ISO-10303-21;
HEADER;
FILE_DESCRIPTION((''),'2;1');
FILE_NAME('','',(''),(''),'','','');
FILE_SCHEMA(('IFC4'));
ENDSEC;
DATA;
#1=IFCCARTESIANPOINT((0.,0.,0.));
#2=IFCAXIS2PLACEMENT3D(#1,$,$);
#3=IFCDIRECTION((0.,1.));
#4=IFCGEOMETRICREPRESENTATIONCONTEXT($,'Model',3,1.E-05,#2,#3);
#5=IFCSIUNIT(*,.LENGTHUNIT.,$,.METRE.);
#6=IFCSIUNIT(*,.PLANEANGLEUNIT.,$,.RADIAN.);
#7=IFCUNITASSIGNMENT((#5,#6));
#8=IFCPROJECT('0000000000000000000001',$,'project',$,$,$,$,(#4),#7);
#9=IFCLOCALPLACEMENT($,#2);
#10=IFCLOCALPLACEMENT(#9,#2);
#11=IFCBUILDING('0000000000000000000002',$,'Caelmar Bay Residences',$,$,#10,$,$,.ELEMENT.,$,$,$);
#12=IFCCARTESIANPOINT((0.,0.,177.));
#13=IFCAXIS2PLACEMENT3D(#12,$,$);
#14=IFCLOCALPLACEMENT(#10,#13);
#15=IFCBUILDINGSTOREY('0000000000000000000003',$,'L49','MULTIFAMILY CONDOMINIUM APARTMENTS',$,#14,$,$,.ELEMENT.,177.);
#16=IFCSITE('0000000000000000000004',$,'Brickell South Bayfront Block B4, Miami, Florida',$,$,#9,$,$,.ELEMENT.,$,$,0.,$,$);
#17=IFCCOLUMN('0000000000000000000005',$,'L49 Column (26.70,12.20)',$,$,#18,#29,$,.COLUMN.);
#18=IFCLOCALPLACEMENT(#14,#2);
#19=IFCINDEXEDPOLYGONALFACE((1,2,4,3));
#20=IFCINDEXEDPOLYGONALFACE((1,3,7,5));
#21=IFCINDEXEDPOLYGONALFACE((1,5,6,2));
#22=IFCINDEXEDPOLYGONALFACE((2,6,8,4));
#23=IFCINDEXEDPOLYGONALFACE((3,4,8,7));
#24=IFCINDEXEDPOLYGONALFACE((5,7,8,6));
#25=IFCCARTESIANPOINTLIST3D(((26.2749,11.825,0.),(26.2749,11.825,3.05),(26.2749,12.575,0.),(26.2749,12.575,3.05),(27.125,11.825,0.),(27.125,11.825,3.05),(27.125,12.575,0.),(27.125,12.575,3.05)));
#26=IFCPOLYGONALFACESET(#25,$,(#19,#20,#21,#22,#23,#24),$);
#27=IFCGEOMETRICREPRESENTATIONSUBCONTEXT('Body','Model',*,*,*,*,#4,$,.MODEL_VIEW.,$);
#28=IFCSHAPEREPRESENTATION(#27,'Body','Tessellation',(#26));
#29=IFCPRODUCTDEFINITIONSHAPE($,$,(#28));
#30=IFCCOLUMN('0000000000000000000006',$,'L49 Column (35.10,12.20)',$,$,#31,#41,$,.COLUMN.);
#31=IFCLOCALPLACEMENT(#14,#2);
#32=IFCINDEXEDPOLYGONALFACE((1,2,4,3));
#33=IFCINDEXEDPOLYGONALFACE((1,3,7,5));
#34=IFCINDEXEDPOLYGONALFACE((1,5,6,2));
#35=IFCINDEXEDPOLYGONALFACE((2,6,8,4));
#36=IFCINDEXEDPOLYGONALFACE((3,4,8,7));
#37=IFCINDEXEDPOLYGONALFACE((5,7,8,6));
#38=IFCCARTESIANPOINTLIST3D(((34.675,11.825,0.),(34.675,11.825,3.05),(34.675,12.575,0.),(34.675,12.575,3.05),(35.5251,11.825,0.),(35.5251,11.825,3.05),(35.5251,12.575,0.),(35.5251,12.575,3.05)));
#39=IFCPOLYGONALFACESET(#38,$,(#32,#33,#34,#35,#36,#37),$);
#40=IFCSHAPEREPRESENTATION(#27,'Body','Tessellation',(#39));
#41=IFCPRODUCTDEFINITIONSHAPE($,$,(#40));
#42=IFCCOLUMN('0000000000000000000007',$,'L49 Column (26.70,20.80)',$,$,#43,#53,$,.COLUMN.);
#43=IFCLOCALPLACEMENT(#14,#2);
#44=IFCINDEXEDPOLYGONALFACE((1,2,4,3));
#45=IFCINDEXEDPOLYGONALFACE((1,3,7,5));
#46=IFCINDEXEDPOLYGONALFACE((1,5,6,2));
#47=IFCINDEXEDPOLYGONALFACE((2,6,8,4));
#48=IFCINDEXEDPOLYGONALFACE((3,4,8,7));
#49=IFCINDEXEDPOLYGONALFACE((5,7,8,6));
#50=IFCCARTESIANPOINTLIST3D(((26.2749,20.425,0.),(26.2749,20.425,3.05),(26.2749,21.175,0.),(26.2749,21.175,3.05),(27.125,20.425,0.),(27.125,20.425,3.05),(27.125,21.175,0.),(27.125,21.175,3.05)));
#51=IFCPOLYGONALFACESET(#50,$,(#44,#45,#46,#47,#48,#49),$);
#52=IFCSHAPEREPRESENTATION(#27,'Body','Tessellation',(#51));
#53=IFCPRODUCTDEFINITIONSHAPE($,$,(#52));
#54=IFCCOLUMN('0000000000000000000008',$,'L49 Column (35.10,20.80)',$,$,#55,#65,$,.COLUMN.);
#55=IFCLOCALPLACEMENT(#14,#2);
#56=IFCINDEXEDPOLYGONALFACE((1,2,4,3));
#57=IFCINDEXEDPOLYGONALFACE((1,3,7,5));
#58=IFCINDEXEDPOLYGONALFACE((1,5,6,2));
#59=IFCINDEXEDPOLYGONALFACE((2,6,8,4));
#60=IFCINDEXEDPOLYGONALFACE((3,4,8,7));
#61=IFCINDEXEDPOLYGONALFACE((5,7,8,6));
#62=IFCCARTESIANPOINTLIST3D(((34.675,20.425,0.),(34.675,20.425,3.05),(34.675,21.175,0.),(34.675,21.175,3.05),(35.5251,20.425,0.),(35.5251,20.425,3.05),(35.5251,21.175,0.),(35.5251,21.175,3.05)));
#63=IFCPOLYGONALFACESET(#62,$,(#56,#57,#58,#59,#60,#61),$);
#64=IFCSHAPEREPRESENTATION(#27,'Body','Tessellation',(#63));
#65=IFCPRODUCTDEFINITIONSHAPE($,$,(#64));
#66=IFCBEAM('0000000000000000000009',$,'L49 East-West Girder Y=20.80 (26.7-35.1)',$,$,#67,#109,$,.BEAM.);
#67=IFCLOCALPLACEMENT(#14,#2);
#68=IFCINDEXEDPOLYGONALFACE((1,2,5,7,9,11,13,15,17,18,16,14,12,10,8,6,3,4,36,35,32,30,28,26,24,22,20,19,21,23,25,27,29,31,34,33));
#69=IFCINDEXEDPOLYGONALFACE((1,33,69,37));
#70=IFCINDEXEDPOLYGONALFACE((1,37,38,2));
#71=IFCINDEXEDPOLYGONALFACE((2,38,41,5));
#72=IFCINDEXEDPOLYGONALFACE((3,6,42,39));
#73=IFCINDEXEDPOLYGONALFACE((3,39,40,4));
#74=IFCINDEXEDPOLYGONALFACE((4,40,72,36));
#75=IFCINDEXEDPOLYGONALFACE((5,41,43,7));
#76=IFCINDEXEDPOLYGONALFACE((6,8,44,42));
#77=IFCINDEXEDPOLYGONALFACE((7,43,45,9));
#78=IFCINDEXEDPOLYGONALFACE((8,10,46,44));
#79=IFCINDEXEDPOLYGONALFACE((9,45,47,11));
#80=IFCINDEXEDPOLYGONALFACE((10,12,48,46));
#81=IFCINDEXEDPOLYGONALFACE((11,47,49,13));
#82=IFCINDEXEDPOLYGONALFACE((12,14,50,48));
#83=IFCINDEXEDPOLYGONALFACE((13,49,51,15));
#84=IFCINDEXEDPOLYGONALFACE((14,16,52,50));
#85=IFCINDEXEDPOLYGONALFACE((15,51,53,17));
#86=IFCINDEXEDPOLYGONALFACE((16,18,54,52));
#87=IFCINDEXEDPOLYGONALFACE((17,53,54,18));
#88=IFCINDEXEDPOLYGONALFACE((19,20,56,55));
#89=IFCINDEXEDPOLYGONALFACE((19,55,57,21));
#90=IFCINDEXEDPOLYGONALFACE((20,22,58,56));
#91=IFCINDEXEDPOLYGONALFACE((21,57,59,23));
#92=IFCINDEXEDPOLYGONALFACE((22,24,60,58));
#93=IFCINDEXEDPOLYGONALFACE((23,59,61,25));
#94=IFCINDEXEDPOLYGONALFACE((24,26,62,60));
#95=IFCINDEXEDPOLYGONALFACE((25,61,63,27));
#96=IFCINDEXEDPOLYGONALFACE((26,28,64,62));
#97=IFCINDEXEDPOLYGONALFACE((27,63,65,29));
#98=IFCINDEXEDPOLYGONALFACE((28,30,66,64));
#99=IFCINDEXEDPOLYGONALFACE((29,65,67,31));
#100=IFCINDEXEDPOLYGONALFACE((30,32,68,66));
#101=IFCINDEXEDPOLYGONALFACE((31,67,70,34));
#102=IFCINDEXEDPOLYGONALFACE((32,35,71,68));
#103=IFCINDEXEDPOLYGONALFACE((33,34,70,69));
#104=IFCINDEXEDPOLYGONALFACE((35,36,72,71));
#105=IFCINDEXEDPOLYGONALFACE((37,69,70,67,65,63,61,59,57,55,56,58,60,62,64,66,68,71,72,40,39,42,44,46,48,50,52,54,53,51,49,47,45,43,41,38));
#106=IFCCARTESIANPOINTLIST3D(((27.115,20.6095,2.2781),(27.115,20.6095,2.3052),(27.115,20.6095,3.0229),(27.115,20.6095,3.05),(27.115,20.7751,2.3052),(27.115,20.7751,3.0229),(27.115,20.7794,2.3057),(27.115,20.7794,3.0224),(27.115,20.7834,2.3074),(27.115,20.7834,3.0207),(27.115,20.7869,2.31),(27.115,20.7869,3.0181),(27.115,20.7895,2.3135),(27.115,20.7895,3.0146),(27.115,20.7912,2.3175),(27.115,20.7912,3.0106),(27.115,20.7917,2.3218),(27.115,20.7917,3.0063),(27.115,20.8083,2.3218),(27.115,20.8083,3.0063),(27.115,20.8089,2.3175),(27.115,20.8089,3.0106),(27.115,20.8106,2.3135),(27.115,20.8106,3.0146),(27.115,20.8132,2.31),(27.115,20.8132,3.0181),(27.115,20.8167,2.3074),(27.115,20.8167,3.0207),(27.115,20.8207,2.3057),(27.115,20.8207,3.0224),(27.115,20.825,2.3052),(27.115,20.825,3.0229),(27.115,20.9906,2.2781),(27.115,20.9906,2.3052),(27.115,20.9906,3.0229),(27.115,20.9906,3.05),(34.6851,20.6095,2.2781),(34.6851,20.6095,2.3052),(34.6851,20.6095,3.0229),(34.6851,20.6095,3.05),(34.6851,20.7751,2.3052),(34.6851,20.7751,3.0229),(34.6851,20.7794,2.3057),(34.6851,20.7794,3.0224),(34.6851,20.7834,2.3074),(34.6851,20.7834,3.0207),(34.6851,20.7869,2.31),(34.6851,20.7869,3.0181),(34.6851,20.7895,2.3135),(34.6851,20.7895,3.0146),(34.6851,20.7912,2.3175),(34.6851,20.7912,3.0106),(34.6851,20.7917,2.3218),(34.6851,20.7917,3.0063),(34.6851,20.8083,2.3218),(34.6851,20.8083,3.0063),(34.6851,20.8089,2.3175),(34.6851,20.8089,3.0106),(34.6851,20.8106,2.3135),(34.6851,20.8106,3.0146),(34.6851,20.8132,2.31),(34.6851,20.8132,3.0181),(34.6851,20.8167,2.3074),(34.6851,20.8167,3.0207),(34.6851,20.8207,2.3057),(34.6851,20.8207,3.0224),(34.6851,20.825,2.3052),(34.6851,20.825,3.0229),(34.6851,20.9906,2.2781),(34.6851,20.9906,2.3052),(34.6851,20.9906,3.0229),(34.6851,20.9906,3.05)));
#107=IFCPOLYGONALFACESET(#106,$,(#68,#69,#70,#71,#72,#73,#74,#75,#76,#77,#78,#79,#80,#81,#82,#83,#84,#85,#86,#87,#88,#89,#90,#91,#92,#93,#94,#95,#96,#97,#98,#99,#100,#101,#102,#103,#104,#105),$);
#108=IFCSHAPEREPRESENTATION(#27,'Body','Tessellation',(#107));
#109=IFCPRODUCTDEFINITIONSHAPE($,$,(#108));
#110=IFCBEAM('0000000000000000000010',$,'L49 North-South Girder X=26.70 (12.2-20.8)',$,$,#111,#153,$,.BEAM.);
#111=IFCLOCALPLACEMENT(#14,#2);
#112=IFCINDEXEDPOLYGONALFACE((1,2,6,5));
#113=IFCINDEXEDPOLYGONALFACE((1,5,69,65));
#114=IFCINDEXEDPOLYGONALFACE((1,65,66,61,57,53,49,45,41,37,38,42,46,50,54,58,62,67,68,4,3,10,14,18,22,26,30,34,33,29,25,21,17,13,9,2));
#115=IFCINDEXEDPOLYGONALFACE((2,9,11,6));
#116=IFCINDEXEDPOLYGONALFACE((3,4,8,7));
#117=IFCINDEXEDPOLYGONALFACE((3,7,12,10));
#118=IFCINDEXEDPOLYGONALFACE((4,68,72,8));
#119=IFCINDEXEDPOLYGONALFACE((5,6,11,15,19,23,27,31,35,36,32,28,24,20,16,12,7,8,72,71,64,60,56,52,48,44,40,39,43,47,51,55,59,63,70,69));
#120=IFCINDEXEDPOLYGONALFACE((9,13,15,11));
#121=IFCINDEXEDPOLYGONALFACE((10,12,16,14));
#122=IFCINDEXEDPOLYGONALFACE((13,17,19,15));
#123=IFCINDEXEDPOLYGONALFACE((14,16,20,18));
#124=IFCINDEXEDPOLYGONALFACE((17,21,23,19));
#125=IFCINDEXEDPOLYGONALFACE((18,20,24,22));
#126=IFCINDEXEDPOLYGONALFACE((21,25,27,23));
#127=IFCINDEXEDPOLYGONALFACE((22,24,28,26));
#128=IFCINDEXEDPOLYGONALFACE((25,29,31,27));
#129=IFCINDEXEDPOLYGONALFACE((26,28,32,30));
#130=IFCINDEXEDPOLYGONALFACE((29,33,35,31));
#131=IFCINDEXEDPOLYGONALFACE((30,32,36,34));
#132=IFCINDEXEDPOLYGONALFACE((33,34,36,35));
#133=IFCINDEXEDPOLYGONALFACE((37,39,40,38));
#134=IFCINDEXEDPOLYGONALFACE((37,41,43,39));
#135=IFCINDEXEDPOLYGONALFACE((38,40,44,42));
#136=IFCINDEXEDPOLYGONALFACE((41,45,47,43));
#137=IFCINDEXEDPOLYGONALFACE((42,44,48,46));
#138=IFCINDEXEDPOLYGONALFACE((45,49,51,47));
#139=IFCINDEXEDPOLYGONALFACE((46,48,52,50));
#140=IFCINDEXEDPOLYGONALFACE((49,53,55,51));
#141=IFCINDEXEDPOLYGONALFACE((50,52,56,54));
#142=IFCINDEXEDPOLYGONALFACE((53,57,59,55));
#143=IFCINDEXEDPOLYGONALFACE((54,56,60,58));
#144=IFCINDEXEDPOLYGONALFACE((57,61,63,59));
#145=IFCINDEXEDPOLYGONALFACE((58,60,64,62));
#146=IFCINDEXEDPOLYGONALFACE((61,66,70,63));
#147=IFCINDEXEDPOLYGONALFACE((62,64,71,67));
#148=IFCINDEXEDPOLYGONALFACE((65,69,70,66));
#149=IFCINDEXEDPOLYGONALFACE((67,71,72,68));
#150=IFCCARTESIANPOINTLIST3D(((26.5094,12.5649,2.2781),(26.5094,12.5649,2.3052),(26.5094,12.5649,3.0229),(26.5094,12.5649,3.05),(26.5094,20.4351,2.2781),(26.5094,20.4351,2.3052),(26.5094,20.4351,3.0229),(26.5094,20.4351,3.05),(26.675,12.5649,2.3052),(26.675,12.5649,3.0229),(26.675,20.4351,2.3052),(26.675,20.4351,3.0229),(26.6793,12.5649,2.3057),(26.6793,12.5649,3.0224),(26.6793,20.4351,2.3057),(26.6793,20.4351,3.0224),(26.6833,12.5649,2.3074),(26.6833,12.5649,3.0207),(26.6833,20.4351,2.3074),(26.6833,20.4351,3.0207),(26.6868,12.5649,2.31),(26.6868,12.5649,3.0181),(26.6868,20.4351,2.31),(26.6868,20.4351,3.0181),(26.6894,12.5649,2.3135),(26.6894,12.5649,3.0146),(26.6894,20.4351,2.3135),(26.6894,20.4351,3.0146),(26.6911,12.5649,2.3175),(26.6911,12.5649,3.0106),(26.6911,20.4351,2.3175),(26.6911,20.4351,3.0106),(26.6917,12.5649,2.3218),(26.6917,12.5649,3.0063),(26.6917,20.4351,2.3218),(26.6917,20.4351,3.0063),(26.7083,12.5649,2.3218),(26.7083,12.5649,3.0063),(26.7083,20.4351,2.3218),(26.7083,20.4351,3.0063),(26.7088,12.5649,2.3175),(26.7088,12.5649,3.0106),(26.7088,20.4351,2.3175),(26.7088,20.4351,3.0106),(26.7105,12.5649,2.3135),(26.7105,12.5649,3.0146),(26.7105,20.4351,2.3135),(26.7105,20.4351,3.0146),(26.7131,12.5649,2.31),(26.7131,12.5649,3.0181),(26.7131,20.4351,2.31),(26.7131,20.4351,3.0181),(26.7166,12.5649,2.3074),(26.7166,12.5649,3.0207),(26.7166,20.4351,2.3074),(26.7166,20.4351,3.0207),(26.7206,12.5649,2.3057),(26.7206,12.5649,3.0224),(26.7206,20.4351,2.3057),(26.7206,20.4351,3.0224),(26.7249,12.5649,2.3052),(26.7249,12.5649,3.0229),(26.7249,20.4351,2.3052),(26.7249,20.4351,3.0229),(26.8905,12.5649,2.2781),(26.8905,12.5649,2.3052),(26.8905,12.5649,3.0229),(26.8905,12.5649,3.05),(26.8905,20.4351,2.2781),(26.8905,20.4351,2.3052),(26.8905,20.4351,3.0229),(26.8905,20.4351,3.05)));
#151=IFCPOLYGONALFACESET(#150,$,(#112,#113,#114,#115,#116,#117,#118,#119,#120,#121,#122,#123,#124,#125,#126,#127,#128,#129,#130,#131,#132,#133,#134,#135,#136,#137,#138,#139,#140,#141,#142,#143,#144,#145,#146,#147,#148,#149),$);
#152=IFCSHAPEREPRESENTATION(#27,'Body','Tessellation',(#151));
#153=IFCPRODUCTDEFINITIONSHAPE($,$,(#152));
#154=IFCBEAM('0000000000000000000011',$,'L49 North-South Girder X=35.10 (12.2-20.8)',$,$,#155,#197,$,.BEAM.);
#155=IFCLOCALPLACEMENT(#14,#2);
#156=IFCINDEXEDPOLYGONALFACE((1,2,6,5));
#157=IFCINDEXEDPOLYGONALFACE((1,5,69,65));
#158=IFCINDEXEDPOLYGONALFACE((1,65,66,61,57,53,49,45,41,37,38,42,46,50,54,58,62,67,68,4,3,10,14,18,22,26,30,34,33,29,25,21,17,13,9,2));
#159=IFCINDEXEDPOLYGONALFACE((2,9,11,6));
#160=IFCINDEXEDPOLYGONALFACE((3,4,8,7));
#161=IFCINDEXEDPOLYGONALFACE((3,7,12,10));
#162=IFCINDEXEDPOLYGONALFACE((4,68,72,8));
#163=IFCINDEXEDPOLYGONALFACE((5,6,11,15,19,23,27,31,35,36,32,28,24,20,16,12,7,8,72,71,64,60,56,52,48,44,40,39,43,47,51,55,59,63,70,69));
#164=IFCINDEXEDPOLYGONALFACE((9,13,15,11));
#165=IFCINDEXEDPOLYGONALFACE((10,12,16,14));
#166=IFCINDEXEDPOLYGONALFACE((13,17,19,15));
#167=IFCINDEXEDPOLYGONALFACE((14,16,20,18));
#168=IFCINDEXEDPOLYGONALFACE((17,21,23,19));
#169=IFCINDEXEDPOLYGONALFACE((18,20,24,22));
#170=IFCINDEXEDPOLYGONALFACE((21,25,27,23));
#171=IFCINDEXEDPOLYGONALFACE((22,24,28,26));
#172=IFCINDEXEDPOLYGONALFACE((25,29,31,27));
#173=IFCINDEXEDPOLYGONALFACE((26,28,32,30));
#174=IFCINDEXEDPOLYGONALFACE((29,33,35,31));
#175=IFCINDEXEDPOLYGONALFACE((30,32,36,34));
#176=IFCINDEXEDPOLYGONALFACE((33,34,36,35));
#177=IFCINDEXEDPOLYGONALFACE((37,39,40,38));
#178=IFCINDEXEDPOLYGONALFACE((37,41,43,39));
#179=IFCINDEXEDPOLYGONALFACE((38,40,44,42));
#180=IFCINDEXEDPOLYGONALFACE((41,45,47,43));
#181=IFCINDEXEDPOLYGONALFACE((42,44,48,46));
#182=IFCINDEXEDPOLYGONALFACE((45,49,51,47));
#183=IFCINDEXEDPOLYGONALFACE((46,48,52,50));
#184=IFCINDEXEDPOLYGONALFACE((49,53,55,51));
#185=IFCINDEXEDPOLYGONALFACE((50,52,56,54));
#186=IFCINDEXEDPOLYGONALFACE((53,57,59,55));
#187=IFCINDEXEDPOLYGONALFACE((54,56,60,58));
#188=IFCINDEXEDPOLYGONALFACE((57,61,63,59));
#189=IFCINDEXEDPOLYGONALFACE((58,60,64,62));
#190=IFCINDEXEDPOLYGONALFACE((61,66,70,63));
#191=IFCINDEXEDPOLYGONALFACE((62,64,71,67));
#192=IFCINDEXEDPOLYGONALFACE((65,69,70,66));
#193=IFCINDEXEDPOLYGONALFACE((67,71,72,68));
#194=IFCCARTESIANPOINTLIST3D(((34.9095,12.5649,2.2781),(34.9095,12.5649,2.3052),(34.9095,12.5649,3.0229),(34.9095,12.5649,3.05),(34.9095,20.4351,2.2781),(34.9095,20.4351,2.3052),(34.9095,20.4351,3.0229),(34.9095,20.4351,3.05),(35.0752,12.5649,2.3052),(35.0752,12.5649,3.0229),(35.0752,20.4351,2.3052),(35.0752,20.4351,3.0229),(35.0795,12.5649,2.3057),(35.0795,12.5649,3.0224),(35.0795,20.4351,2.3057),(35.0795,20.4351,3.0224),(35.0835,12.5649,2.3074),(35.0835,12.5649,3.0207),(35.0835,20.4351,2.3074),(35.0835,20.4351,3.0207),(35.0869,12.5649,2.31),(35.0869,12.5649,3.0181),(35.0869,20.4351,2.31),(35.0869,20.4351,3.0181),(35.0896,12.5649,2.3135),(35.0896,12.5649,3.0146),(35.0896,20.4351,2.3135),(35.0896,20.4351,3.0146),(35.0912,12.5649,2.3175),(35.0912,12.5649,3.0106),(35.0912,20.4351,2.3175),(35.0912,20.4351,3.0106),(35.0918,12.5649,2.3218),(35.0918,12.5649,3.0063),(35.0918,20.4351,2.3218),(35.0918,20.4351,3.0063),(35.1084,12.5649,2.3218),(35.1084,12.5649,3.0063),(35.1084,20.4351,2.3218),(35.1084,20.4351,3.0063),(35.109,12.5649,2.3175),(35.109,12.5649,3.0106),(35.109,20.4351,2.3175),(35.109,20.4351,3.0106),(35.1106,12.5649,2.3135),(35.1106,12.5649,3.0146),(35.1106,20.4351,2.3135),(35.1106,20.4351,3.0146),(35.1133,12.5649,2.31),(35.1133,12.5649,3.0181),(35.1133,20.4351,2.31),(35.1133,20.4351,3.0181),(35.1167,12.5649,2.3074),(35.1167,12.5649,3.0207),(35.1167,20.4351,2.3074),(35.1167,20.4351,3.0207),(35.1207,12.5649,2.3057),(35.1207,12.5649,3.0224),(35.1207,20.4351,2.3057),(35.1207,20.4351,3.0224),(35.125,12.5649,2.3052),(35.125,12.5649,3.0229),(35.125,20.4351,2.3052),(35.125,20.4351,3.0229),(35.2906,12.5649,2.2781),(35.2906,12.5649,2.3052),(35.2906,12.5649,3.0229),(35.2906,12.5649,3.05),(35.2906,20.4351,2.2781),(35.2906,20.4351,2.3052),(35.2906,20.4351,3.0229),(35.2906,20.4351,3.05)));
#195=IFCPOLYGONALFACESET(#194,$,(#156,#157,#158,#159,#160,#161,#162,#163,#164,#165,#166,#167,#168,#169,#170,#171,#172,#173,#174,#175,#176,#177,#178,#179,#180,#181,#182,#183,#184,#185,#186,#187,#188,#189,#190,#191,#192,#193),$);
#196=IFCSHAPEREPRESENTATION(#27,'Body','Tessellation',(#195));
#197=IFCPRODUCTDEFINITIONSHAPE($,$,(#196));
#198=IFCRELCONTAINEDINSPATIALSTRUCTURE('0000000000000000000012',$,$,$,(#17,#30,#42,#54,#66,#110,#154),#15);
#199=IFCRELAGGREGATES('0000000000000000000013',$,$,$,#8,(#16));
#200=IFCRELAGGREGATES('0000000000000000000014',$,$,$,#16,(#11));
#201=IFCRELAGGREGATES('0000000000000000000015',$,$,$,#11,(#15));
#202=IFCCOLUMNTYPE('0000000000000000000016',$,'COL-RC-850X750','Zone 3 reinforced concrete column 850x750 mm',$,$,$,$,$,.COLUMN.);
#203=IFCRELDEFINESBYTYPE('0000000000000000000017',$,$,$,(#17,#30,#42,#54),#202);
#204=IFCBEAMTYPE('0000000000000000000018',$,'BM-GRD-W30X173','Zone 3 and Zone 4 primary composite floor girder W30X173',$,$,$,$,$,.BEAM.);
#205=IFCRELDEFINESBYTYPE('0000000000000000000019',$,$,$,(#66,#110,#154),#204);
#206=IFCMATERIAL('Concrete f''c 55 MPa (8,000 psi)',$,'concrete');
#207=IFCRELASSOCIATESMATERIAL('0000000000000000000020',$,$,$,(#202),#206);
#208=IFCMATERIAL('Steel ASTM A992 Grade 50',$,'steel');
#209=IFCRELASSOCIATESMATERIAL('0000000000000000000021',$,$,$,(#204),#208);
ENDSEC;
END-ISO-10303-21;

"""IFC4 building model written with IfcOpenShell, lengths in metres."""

from ifc_helpers import new_model, si_unit, direction, frame, origin, origin_2d, place, context, subcontext, project, spatial, rectangle, i_section, extrude, material, material_profile, profile_set, type_object, element, save


model = new_model("IFC4")

# Units and contexts
model_context = context("Model", 3, precision=1e-05, world=origin(), true_north=direction((0.0, 1.0)))
body_context = subcontext(model_context, "Body", "Model", "MODEL_VIEW")
ifc_project = project(units=[si_unit("LENGTHUNIT", "METRE"), si_unit("PLANEANGLEUNIT", "RADIAN")], contexts=[model_context])

# Site, building, storey
site_placement = place(None, origin())
site = spatial("IfcSite", under=ifc_project, at=site_placement, Name="Brickell South Bayfront Block B4, Miami, Florida", CompositionType="ELEMENT", RefElevation=0.0)
building_placement = place(site_placement, origin())
building = spatial("IfcBuilding", under=site, at=building_placement, Name="Caelmar Bay Residences", CompositionType="ELEMENT")
storey_placement = place(building_placement, frame((0.0, 0.0, 177.0)))
storey = spatial("IfcBuildingStorey", under=building, at=storey_placement, Name="L49", Description="MULTIFAMILY CONDOMINIUM APARTMENTS", CompositionType="ELEMENT", Elevation=177.0)

# Columns
ifc_material_1 = material(Name="Concrete f'c 55 MPa (8,000 psi)", Category="concrete")
ifc_material_profile_1 = material_profile(ifc_material_1, rectangle(XDim=0.8501, YDim=0.75, at=origin_2d()), Name="RC-COL-850X750")
ifc_profile_set_1 = profile_set([ifc_material_profile_1], Name="Concrete f'c 55 MPa (8,000 psi)")
column_type = type_object("IfcColumnType", Name="COL-RC-850X750", Description="Zone 3 reinforced concrete column 850x750 mm", PredefinedType="COLUMN", material=ifc_profile_set_1)
for number, where, z_axis, x_axis, name in (
    (1, (26.7, 12.2, 0.0), (0.0, 0.0, 1.0), (1.0, 0.0, 0.0), "L49 Column (26.70,12.20)"),
    (2, (35.1001, 12.2, 0.0), (0.0, 0.0, 1.0), (1.0, 0.0, 0.0), "L49 Column (35.10,12.20)"),
    (3, (26.7, 20.8, 0.0), (0.0, 0.0, 1.0), (1.0, 0.0, 0.0), "L49 Column (26.70,20.80)"),
    (4, (35.1001, 20.8, 0.0), (0.0, 0.0, 1.0), (1.0, 0.0, 0.0), "L49 Column (35.10,20.80)"),
):
    element("IfcColumn", number, at=place(storey_placement, frame(where, z_axis=z_axis, x_axis=x_axis)), inside=storey, type_object=column_type, Name=name, PredefinedType="COLUMN", context=body_context, shape_type="SweptSolid", body=[
        extrude(rectangle(XDim=0.8501, YDim=0.75, at=origin_2d()), origin(), (0.0, 0.0, 1.0), 3.05),
    ])

# Beams
ifc_material_2 = material(Name="Steel ASTM A992 Grade 50", Category="steel")
ifc_material_profile_2 = material_profile(ifc_material_2, i_section(OverallWidth=0.3811, OverallDepth=0.772, WebThickness=0.0166, FlangeThickness=0.0271, FilletRadius=0.0166, at=origin_2d()), Name="W30X173")
ifc_profile_set_2 = profile_set([ifc_material_profile_2], Name="Steel ASTM A992 Grade 50")
beam_type_1 = type_object("IfcBeamType", Name="BM-GRD-W30X173", Description="Zone 3 and Zone 4 primary composite floor girder W30X173", PredefinedType="BEAM", material=ifc_profile_set_2)
beam_1_placement = place(storey_placement, frame((27.115, 20.8, 2.6641), z_axis=(1.0, 0.0, 0.0), x_axis=(0.0, 1.0, 0.0)))
element("IfcBeam", 5, at=beam_1_placement, inside=storey, type_object=beam_type_1, Name="L49 East-West Girder Y=20.80 (26.7-35.1)", PredefinedType="BEAM", context=body_context, shape_type="SweptSolid", body=[
    extrude(i_section(OverallWidth=0.3811, OverallDepth=0.772, WebThickness=0.0166, FlangeThickness=0.0271, FilletRadius=0.0166, at=origin_2d()), origin(), (0.0, 0.0, 1.0), 7.5701),
])
for number, where, z_axis, x_axis, name in (
    (6, (26.7, 12.5649, 2.6641), (0.0, 1.0, 0.0), (-1.0, 0.0, 0.0), "L49 North-South Girder X=26.70 (12.2-20.8)"),
    (7, (35.1001, 12.5649, 2.6641), (0.0, 1.0, 0.0), (-1.0, 0.0, 0.0), "L49 North-South Girder X=35.10 (12.2-20.8)"),
):
    element("IfcBeam", number, at=place(storey_placement, frame(where, z_axis=z_axis, x_axis=x_axis)), inside=storey, type_object=beam_type_1, Name=name, PredefinedType="BEAM", context=body_context, shape_type="SweptSolid", body=[
        extrude(i_section(OverallWidth=0.3811, OverallDepth=0.772, WebThickness=0.0166, FlangeThickness=0.0271, FilletRadius=0.0166, at=origin_2d()), origin(), (0.0, 0.0, 1.0), 7.8701),
    ])

save(model, "model.ifc")
